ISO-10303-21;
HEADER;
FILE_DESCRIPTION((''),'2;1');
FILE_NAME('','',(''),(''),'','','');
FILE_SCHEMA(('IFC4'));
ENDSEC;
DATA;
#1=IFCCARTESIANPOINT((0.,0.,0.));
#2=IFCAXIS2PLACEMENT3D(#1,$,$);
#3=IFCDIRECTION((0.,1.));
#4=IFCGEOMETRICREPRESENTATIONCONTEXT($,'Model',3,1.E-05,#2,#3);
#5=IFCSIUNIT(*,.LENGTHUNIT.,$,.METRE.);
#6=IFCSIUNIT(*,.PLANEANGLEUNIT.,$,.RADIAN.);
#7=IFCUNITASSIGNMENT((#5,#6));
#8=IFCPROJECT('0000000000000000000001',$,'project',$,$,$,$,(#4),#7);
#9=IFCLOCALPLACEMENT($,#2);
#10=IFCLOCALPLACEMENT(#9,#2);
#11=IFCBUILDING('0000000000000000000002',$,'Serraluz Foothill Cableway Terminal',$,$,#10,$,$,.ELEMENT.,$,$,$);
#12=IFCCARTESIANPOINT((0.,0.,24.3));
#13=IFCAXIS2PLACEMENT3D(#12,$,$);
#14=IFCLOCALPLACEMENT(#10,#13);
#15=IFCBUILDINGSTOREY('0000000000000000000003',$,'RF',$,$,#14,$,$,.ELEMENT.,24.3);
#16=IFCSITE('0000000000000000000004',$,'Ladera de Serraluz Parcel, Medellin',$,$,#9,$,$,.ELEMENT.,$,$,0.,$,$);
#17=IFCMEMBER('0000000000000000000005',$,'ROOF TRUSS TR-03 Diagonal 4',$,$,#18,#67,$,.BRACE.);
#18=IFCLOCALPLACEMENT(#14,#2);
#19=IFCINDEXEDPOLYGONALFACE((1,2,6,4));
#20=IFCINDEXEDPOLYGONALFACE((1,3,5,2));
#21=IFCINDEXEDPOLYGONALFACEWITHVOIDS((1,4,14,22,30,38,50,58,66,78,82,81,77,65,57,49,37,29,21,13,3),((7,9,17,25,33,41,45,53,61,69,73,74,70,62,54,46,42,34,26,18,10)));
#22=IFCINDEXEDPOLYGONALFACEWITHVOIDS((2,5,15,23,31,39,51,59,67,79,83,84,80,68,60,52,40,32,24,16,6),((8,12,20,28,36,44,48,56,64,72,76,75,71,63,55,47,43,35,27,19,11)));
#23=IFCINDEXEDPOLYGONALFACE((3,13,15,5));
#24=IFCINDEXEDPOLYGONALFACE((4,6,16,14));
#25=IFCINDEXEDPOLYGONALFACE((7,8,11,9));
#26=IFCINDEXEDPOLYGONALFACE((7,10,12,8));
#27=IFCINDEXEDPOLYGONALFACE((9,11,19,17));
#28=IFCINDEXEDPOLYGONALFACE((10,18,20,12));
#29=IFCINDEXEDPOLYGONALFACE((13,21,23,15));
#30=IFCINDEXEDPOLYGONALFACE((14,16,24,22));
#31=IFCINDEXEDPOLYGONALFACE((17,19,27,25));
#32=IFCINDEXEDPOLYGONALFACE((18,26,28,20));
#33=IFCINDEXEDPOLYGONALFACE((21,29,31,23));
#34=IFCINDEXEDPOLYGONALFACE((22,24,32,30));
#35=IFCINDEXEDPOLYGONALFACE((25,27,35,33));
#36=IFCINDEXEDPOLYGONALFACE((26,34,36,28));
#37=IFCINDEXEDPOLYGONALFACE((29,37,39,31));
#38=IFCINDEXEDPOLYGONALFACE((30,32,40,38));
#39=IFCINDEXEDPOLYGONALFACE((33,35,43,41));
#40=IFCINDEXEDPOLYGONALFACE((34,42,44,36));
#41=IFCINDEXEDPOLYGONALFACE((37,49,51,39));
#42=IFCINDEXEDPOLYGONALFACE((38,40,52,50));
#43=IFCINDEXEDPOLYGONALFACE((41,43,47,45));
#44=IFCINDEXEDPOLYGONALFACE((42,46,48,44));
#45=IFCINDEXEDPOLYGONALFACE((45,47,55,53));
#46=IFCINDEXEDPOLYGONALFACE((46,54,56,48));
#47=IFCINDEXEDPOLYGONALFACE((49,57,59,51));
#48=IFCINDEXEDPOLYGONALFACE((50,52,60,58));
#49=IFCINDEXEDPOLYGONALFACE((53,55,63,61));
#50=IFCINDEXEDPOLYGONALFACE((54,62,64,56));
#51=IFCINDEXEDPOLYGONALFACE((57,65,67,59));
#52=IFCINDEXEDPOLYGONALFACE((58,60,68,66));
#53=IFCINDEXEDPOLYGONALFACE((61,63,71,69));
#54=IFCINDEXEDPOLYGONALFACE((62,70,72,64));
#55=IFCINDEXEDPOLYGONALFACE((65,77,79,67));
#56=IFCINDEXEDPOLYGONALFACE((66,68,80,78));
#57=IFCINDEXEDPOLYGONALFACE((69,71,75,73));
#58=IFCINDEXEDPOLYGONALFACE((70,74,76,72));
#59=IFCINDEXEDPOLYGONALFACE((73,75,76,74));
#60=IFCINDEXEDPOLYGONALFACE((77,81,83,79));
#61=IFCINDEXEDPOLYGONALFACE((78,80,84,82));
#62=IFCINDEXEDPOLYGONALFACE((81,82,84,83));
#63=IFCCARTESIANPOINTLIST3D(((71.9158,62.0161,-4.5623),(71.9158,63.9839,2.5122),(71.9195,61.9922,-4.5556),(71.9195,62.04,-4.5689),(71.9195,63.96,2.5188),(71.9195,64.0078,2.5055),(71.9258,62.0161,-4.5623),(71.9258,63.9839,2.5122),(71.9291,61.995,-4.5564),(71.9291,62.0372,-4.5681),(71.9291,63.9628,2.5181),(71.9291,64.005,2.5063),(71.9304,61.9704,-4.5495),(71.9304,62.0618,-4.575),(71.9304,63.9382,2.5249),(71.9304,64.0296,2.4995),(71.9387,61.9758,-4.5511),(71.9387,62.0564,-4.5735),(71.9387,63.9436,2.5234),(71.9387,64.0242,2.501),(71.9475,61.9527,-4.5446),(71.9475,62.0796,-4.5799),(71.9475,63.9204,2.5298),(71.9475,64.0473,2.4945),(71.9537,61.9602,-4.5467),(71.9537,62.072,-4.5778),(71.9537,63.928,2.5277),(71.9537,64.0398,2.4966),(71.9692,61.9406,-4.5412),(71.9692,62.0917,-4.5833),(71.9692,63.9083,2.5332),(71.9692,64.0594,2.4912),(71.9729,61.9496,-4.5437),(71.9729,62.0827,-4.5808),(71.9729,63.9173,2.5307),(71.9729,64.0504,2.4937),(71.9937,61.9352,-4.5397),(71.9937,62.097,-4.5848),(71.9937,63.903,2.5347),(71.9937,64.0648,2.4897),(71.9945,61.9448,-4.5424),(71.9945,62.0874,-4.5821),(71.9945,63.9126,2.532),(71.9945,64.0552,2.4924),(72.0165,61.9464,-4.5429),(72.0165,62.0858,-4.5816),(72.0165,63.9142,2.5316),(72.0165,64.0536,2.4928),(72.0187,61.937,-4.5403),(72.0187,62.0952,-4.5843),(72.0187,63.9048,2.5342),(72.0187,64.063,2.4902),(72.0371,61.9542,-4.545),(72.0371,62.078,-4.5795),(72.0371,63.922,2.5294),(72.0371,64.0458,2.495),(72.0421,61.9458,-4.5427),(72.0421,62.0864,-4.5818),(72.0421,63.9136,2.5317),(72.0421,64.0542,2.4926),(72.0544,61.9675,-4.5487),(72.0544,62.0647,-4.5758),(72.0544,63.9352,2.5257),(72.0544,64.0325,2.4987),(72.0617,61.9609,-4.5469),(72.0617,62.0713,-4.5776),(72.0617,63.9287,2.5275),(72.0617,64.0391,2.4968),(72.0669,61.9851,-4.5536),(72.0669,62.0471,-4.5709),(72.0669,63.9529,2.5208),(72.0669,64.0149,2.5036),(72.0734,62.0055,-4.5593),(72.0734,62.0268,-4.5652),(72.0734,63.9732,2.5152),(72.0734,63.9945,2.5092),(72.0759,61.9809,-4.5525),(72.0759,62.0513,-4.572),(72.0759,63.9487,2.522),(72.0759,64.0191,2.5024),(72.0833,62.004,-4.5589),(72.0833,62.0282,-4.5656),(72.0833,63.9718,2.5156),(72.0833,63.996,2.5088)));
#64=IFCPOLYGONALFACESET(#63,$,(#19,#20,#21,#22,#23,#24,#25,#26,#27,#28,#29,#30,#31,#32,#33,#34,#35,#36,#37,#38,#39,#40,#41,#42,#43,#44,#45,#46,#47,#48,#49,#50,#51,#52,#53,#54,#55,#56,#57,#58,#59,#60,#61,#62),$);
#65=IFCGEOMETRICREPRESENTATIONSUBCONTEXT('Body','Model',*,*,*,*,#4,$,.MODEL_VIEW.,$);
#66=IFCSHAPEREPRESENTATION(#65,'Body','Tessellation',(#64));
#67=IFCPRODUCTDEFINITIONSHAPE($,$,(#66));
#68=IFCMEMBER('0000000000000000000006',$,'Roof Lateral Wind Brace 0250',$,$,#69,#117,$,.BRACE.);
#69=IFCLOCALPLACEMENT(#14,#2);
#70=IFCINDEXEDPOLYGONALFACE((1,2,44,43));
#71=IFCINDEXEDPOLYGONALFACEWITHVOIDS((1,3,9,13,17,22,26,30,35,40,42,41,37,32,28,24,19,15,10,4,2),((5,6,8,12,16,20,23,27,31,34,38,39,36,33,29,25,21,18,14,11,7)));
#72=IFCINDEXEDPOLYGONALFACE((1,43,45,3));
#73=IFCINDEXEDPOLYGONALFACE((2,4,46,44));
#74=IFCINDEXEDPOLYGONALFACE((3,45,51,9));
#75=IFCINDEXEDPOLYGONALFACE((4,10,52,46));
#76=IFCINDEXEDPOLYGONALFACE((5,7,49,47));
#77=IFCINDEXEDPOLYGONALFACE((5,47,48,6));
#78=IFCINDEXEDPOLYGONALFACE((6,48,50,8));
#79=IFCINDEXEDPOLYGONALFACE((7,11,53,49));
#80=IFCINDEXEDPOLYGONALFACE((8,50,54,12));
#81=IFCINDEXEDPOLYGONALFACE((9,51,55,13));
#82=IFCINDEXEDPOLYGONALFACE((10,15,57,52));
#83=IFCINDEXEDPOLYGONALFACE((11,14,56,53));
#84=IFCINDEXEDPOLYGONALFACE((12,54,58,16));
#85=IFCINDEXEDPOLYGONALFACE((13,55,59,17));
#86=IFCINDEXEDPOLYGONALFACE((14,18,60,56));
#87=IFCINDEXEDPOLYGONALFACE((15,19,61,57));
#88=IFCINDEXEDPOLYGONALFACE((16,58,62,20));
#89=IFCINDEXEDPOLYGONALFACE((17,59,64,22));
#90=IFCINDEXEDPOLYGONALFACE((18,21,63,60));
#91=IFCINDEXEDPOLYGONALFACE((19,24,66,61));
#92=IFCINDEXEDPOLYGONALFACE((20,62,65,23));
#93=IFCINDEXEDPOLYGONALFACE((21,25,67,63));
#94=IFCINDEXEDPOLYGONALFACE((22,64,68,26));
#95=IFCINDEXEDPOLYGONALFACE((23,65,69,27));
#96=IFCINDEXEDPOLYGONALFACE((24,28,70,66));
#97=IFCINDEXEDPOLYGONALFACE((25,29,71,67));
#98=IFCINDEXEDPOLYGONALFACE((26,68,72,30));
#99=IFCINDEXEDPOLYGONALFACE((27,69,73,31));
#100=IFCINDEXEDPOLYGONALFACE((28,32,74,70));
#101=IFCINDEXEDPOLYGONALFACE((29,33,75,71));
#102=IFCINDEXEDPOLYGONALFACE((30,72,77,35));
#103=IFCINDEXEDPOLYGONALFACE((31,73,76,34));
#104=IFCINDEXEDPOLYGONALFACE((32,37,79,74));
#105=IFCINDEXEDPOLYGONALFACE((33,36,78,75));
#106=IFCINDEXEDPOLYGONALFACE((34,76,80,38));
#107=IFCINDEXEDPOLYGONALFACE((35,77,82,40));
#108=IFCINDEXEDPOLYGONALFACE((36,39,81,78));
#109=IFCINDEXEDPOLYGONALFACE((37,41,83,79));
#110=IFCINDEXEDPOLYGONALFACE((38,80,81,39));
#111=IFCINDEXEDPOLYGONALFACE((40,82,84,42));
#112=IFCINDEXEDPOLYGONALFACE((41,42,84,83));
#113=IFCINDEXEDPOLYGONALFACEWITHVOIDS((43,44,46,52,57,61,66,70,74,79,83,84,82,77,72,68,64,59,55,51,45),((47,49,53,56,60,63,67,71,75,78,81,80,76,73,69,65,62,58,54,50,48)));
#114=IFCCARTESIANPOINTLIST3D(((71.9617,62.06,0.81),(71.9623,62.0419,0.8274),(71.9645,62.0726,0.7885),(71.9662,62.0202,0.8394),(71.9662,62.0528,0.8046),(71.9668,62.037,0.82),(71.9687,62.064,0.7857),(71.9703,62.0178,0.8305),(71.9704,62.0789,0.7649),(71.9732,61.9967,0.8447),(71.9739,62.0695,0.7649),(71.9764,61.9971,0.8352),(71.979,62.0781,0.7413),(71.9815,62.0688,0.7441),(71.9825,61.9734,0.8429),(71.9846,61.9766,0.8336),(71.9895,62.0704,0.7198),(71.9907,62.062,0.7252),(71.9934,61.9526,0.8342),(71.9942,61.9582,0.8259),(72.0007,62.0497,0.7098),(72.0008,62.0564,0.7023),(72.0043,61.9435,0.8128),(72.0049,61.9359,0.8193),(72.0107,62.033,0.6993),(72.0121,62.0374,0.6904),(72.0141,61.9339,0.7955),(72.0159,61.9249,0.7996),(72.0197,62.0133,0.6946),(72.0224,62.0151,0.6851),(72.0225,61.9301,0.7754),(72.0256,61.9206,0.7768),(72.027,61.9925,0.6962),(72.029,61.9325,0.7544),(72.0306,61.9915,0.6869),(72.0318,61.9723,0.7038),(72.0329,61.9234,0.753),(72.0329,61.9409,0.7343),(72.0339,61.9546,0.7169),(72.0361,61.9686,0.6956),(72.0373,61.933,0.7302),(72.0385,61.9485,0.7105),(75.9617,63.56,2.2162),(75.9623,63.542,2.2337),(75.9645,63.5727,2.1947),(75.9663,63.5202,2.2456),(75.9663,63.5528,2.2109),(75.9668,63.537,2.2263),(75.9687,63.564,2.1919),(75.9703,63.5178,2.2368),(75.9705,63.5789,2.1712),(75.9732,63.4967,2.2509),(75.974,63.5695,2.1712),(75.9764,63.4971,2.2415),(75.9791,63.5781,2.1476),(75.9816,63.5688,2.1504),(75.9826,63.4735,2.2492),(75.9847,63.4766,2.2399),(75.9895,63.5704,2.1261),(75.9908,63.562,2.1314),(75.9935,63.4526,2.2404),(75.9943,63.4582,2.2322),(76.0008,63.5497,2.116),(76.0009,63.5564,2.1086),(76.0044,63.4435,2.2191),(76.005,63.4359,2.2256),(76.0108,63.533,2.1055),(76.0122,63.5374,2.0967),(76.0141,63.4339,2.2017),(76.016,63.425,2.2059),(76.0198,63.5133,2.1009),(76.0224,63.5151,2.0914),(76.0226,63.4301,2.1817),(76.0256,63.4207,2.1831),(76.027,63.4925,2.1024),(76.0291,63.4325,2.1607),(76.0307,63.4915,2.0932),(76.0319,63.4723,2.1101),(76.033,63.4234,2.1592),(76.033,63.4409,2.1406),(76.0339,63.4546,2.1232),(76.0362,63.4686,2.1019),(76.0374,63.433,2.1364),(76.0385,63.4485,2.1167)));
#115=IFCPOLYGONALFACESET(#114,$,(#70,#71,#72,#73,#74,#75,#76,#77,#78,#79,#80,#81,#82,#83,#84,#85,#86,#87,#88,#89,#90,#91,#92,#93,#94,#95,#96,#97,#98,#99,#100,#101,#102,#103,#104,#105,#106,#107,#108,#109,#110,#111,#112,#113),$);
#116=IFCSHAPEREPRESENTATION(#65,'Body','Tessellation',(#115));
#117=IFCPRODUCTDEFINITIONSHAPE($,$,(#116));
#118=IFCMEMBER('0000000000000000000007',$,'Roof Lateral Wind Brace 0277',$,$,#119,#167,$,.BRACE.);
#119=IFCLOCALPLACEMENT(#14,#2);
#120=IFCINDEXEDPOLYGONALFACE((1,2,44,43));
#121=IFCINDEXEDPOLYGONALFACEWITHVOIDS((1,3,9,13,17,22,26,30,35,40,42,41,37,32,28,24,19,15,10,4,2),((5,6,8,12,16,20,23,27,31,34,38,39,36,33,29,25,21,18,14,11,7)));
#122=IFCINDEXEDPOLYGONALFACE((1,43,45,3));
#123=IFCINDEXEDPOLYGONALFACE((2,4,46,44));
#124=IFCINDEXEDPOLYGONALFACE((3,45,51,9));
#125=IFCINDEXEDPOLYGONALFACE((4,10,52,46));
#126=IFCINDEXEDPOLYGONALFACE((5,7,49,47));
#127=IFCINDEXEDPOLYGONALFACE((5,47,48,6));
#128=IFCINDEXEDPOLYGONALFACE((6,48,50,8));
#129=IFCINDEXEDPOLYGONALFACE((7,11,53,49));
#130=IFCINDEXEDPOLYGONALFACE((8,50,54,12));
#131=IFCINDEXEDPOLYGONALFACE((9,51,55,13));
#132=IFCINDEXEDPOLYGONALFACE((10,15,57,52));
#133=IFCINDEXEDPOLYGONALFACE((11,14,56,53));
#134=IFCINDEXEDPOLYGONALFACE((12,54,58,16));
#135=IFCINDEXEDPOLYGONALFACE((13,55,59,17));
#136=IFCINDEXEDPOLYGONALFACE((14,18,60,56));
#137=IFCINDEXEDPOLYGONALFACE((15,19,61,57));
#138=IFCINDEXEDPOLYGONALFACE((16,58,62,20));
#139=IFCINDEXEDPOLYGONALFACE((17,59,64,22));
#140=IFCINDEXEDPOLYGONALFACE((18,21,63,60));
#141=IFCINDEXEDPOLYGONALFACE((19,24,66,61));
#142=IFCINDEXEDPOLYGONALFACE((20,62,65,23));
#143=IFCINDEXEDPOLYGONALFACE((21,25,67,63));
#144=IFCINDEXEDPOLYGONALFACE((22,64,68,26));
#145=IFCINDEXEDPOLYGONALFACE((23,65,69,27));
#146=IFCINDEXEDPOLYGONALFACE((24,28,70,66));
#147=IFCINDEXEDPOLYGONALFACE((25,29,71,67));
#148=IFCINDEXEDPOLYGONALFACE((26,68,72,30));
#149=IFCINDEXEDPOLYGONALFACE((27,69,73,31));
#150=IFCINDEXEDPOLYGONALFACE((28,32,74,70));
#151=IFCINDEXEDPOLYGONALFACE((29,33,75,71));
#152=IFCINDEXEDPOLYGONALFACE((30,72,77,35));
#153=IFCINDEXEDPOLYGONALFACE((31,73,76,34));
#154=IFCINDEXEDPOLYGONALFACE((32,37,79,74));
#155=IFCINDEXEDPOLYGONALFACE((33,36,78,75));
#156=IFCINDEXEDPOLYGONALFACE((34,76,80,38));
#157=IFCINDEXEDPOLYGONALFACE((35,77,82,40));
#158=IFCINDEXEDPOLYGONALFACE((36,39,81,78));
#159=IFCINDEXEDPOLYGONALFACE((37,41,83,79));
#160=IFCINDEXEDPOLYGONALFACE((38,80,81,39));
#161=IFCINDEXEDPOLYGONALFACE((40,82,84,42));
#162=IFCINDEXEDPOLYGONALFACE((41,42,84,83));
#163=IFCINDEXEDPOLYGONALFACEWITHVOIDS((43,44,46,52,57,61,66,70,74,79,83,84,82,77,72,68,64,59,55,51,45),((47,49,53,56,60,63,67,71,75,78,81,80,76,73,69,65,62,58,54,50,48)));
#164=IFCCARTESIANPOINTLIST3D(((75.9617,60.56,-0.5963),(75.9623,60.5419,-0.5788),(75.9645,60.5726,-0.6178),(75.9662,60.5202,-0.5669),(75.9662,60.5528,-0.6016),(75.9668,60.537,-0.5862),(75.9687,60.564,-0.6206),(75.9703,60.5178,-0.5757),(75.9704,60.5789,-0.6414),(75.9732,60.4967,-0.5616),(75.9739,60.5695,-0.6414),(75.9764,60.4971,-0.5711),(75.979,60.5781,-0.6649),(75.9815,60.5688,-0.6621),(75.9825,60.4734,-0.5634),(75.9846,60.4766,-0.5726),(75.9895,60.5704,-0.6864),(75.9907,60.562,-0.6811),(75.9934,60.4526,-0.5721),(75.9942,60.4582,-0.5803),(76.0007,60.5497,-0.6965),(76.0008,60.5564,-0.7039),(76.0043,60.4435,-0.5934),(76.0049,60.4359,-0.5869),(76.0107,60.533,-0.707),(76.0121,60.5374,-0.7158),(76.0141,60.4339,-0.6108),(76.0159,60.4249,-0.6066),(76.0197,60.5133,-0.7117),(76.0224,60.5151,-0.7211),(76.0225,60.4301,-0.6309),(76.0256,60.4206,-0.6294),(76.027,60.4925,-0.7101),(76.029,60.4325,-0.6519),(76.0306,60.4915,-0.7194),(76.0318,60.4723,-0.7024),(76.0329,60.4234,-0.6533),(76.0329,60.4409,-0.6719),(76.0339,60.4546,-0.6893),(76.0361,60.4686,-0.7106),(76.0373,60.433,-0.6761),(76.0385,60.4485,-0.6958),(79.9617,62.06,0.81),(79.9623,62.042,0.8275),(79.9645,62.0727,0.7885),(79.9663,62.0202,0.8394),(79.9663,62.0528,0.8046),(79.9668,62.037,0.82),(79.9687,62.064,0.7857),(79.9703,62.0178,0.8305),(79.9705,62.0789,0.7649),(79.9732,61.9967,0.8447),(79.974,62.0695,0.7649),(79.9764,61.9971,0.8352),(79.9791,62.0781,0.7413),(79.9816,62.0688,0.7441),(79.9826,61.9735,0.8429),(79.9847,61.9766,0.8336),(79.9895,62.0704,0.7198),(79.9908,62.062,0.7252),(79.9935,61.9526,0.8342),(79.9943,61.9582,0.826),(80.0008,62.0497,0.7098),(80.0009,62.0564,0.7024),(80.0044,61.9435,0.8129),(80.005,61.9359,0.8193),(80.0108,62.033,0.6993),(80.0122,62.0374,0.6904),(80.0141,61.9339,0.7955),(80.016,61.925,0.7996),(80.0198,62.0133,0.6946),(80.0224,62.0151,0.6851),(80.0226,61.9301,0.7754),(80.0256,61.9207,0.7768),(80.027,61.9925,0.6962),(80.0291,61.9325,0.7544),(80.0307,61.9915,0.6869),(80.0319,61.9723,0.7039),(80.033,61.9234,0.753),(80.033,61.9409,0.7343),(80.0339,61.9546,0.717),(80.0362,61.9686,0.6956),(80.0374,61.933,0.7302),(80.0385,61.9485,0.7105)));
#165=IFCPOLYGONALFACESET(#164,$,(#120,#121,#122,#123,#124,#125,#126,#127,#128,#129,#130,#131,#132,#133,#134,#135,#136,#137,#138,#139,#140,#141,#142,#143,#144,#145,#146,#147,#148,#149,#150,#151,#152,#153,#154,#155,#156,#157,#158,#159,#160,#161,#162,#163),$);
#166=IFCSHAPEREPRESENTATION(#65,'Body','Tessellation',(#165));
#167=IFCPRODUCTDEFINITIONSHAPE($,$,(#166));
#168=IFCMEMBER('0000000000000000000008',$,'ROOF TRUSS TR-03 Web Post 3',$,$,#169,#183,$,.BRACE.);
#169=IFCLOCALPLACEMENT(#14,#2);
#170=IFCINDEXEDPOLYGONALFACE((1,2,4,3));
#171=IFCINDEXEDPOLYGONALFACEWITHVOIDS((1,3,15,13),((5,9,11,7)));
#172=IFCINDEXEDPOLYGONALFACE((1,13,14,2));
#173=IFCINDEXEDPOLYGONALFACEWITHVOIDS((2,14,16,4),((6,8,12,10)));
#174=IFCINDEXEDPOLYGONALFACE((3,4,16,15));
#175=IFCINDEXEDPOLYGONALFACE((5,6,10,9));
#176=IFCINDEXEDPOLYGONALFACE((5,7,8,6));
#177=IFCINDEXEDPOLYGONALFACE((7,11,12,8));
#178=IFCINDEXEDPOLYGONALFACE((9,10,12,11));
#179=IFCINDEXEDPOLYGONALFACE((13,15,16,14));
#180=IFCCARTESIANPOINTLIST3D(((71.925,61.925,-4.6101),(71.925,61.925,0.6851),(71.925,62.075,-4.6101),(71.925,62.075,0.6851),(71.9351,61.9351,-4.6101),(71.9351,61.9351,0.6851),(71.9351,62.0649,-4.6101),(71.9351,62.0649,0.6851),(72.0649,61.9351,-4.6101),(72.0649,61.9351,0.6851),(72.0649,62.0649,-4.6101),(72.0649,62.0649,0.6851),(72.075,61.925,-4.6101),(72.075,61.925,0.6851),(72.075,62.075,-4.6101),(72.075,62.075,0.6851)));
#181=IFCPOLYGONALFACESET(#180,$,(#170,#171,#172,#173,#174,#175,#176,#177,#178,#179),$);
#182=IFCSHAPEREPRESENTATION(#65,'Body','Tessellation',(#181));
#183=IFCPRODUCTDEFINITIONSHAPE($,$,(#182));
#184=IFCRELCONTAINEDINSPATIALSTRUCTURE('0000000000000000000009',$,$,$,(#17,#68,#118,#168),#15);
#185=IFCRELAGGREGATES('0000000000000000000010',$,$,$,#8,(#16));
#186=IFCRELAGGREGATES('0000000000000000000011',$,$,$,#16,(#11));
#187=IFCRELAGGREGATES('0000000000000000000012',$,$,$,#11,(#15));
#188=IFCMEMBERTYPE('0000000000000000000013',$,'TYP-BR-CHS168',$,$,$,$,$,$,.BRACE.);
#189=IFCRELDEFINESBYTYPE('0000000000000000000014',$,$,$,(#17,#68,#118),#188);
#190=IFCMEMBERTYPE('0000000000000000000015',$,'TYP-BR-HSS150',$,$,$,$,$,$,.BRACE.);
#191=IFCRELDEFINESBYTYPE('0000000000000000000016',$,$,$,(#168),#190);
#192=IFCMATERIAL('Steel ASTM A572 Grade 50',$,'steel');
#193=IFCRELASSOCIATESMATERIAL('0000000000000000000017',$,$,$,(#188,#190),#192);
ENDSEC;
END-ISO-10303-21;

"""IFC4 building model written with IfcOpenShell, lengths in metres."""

from ifc_helpers import new_model, si_unit, direction, frame, origin, origin_2d, place, context, subcontext, project, spatial, hollow_rectangle, hollow_circle, extrude, material, material_profile, profile_set, type_object, element, save


model = new_model("IFC4")

# Units and contexts
model_context = context("Model", 3, precision=1e-05, world=origin(), true_north=direction((0.0, 1.0)))
body_context = subcontext(model_context, "Body", "Model", "MODEL_VIEW")
ifc_project = project(units=[si_unit("LENGTHUNIT", "METRE"), si_unit("PLANEANGLEUNIT", "RADIAN")], contexts=[model_context])

# Site, building, storey
site_placement = place(None, origin())
site = spatial("IfcSite", under=ifc_project, at=site_placement, Name="Ladera de Serraluz Parcel, Medellin", CompositionType="ELEMENT", RefElevation=0.0)
building_placement = place(site_placement, origin())
building = spatial("IfcBuilding", under=site, at=building_placement, Name="Serraluz Foothill Cableway Terminal", CompositionType="ELEMENT")
storey_placement = place(building_placement, frame((0.0, 0.0, 24.3)))
storey = spatial("IfcBuildingStorey", under=building, at=storey_placement, Name="RF", CompositionType="ELEMENT", Elevation=24.3)

# Members
ifc_material_1 = material(Name="Steel ASTM A572 Grade 50", Category="steel")
ifc_material_profile_1 = material_profile(ifc_material_1, hollow_circle(Radius=0.0842, WallThickness=0.01, at=origin_2d()), Name="CHS168X10")
ifc_profile_set_1 = profile_set([ifc_material_profile_1], Name="Steel ASTM A572 Grade 50")
member_type_1 = type_object("IfcMemberType", Name="TYP-BR-CHS168", PredefinedType="BRACE", material=ifc_profile_set_1)
member_1_placement = place(storey_placement, frame((72.0, 62.0161, -4.5623), z_axis=(0.0, 0.267978, 0.963425), x_axis=(-1.0, 0.0, 0.0)))
element("IfcMember", 1, at=member_1_placement, inside=storey, type_object=member_type_1, Name="ROOF TRUSS TR-03 Diagonal 4", PredefinedType="BRACE", context=body_context, shape_type="SweptSolid", body=[
    extrude(hollow_circle(Radius=0.0842, WallThickness=0.01, at=origin_2d()), origin(), (0.0, 0.0, 1.0), 7.343),
])
for number, where, z_axis, x_axis, name in (
    (2, (72.0, 62.0, 0.7649), (0.889382, 0.333518, 0.312673), (-0.351123, 0.936329, 0.0), "Roof Lateral Wind Brace 0250"),
    (3, (76.0, 60.5, -0.6414), (0.889382, 0.333518, 0.312673), (-0.351123, 0.936329, 0.0), "Roof Lateral Wind Brace 0277"),
):
    element("IfcMember", number, at=place(storey_placement, frame(where, z_axis=z_axis, x_axis=x_axis)), inside=storey, type_object=member_type_1, Name=name, PredefinedType="BRACE", context=body_context, shape_type="SweptSolid", body=[
        extrude(hollow_circle(Radius=0.0842, WallThickness=0.01, at=origin_2d()), origin(), (0.0, 0.0, 1.0), 4.4976),
    ])
ifc_material_profile_2 = material_profile(ifc_material_1, hollow_rectangle(XDim=0.1499, YDim=0.1499, WallThickness=0.01, at=origin_2d()), Name="HSS150X150X10")
ifc_profile_set_2 = profile_set([ifc_material_profile_2], Name="Steel ASTM A572 Grade 50")
member_type_2 = type_object("IfcMemberType", Name="TYP-BR-HSS150", PredefinedType="BRACE", material=ifc_profile_set_2)
member_2_placement = place(storey_placement, frame((72.0, 62.0, -4.6101), z_axis=(0.0, 0.0, 1.0), x_axis=(1.0, 0.0, 0.0)))
element("IfcMember", 4, at=member_2_placement, inside=storey, type_object=member_type_2, Name="ROOF TRUSS TR-03 Web Post 3", PredefinedType="BRACE", context=body_context, shape_type="SweptSolid", body=[
    extrude(hollow_rectangle(XDim=0.1499, YDim=0.1499, WallThickness=0.01, at=origin_2d()), origin(), (0.0, 0.0, 1.0), 5.2952),
])

save(model, "model.ifc")
